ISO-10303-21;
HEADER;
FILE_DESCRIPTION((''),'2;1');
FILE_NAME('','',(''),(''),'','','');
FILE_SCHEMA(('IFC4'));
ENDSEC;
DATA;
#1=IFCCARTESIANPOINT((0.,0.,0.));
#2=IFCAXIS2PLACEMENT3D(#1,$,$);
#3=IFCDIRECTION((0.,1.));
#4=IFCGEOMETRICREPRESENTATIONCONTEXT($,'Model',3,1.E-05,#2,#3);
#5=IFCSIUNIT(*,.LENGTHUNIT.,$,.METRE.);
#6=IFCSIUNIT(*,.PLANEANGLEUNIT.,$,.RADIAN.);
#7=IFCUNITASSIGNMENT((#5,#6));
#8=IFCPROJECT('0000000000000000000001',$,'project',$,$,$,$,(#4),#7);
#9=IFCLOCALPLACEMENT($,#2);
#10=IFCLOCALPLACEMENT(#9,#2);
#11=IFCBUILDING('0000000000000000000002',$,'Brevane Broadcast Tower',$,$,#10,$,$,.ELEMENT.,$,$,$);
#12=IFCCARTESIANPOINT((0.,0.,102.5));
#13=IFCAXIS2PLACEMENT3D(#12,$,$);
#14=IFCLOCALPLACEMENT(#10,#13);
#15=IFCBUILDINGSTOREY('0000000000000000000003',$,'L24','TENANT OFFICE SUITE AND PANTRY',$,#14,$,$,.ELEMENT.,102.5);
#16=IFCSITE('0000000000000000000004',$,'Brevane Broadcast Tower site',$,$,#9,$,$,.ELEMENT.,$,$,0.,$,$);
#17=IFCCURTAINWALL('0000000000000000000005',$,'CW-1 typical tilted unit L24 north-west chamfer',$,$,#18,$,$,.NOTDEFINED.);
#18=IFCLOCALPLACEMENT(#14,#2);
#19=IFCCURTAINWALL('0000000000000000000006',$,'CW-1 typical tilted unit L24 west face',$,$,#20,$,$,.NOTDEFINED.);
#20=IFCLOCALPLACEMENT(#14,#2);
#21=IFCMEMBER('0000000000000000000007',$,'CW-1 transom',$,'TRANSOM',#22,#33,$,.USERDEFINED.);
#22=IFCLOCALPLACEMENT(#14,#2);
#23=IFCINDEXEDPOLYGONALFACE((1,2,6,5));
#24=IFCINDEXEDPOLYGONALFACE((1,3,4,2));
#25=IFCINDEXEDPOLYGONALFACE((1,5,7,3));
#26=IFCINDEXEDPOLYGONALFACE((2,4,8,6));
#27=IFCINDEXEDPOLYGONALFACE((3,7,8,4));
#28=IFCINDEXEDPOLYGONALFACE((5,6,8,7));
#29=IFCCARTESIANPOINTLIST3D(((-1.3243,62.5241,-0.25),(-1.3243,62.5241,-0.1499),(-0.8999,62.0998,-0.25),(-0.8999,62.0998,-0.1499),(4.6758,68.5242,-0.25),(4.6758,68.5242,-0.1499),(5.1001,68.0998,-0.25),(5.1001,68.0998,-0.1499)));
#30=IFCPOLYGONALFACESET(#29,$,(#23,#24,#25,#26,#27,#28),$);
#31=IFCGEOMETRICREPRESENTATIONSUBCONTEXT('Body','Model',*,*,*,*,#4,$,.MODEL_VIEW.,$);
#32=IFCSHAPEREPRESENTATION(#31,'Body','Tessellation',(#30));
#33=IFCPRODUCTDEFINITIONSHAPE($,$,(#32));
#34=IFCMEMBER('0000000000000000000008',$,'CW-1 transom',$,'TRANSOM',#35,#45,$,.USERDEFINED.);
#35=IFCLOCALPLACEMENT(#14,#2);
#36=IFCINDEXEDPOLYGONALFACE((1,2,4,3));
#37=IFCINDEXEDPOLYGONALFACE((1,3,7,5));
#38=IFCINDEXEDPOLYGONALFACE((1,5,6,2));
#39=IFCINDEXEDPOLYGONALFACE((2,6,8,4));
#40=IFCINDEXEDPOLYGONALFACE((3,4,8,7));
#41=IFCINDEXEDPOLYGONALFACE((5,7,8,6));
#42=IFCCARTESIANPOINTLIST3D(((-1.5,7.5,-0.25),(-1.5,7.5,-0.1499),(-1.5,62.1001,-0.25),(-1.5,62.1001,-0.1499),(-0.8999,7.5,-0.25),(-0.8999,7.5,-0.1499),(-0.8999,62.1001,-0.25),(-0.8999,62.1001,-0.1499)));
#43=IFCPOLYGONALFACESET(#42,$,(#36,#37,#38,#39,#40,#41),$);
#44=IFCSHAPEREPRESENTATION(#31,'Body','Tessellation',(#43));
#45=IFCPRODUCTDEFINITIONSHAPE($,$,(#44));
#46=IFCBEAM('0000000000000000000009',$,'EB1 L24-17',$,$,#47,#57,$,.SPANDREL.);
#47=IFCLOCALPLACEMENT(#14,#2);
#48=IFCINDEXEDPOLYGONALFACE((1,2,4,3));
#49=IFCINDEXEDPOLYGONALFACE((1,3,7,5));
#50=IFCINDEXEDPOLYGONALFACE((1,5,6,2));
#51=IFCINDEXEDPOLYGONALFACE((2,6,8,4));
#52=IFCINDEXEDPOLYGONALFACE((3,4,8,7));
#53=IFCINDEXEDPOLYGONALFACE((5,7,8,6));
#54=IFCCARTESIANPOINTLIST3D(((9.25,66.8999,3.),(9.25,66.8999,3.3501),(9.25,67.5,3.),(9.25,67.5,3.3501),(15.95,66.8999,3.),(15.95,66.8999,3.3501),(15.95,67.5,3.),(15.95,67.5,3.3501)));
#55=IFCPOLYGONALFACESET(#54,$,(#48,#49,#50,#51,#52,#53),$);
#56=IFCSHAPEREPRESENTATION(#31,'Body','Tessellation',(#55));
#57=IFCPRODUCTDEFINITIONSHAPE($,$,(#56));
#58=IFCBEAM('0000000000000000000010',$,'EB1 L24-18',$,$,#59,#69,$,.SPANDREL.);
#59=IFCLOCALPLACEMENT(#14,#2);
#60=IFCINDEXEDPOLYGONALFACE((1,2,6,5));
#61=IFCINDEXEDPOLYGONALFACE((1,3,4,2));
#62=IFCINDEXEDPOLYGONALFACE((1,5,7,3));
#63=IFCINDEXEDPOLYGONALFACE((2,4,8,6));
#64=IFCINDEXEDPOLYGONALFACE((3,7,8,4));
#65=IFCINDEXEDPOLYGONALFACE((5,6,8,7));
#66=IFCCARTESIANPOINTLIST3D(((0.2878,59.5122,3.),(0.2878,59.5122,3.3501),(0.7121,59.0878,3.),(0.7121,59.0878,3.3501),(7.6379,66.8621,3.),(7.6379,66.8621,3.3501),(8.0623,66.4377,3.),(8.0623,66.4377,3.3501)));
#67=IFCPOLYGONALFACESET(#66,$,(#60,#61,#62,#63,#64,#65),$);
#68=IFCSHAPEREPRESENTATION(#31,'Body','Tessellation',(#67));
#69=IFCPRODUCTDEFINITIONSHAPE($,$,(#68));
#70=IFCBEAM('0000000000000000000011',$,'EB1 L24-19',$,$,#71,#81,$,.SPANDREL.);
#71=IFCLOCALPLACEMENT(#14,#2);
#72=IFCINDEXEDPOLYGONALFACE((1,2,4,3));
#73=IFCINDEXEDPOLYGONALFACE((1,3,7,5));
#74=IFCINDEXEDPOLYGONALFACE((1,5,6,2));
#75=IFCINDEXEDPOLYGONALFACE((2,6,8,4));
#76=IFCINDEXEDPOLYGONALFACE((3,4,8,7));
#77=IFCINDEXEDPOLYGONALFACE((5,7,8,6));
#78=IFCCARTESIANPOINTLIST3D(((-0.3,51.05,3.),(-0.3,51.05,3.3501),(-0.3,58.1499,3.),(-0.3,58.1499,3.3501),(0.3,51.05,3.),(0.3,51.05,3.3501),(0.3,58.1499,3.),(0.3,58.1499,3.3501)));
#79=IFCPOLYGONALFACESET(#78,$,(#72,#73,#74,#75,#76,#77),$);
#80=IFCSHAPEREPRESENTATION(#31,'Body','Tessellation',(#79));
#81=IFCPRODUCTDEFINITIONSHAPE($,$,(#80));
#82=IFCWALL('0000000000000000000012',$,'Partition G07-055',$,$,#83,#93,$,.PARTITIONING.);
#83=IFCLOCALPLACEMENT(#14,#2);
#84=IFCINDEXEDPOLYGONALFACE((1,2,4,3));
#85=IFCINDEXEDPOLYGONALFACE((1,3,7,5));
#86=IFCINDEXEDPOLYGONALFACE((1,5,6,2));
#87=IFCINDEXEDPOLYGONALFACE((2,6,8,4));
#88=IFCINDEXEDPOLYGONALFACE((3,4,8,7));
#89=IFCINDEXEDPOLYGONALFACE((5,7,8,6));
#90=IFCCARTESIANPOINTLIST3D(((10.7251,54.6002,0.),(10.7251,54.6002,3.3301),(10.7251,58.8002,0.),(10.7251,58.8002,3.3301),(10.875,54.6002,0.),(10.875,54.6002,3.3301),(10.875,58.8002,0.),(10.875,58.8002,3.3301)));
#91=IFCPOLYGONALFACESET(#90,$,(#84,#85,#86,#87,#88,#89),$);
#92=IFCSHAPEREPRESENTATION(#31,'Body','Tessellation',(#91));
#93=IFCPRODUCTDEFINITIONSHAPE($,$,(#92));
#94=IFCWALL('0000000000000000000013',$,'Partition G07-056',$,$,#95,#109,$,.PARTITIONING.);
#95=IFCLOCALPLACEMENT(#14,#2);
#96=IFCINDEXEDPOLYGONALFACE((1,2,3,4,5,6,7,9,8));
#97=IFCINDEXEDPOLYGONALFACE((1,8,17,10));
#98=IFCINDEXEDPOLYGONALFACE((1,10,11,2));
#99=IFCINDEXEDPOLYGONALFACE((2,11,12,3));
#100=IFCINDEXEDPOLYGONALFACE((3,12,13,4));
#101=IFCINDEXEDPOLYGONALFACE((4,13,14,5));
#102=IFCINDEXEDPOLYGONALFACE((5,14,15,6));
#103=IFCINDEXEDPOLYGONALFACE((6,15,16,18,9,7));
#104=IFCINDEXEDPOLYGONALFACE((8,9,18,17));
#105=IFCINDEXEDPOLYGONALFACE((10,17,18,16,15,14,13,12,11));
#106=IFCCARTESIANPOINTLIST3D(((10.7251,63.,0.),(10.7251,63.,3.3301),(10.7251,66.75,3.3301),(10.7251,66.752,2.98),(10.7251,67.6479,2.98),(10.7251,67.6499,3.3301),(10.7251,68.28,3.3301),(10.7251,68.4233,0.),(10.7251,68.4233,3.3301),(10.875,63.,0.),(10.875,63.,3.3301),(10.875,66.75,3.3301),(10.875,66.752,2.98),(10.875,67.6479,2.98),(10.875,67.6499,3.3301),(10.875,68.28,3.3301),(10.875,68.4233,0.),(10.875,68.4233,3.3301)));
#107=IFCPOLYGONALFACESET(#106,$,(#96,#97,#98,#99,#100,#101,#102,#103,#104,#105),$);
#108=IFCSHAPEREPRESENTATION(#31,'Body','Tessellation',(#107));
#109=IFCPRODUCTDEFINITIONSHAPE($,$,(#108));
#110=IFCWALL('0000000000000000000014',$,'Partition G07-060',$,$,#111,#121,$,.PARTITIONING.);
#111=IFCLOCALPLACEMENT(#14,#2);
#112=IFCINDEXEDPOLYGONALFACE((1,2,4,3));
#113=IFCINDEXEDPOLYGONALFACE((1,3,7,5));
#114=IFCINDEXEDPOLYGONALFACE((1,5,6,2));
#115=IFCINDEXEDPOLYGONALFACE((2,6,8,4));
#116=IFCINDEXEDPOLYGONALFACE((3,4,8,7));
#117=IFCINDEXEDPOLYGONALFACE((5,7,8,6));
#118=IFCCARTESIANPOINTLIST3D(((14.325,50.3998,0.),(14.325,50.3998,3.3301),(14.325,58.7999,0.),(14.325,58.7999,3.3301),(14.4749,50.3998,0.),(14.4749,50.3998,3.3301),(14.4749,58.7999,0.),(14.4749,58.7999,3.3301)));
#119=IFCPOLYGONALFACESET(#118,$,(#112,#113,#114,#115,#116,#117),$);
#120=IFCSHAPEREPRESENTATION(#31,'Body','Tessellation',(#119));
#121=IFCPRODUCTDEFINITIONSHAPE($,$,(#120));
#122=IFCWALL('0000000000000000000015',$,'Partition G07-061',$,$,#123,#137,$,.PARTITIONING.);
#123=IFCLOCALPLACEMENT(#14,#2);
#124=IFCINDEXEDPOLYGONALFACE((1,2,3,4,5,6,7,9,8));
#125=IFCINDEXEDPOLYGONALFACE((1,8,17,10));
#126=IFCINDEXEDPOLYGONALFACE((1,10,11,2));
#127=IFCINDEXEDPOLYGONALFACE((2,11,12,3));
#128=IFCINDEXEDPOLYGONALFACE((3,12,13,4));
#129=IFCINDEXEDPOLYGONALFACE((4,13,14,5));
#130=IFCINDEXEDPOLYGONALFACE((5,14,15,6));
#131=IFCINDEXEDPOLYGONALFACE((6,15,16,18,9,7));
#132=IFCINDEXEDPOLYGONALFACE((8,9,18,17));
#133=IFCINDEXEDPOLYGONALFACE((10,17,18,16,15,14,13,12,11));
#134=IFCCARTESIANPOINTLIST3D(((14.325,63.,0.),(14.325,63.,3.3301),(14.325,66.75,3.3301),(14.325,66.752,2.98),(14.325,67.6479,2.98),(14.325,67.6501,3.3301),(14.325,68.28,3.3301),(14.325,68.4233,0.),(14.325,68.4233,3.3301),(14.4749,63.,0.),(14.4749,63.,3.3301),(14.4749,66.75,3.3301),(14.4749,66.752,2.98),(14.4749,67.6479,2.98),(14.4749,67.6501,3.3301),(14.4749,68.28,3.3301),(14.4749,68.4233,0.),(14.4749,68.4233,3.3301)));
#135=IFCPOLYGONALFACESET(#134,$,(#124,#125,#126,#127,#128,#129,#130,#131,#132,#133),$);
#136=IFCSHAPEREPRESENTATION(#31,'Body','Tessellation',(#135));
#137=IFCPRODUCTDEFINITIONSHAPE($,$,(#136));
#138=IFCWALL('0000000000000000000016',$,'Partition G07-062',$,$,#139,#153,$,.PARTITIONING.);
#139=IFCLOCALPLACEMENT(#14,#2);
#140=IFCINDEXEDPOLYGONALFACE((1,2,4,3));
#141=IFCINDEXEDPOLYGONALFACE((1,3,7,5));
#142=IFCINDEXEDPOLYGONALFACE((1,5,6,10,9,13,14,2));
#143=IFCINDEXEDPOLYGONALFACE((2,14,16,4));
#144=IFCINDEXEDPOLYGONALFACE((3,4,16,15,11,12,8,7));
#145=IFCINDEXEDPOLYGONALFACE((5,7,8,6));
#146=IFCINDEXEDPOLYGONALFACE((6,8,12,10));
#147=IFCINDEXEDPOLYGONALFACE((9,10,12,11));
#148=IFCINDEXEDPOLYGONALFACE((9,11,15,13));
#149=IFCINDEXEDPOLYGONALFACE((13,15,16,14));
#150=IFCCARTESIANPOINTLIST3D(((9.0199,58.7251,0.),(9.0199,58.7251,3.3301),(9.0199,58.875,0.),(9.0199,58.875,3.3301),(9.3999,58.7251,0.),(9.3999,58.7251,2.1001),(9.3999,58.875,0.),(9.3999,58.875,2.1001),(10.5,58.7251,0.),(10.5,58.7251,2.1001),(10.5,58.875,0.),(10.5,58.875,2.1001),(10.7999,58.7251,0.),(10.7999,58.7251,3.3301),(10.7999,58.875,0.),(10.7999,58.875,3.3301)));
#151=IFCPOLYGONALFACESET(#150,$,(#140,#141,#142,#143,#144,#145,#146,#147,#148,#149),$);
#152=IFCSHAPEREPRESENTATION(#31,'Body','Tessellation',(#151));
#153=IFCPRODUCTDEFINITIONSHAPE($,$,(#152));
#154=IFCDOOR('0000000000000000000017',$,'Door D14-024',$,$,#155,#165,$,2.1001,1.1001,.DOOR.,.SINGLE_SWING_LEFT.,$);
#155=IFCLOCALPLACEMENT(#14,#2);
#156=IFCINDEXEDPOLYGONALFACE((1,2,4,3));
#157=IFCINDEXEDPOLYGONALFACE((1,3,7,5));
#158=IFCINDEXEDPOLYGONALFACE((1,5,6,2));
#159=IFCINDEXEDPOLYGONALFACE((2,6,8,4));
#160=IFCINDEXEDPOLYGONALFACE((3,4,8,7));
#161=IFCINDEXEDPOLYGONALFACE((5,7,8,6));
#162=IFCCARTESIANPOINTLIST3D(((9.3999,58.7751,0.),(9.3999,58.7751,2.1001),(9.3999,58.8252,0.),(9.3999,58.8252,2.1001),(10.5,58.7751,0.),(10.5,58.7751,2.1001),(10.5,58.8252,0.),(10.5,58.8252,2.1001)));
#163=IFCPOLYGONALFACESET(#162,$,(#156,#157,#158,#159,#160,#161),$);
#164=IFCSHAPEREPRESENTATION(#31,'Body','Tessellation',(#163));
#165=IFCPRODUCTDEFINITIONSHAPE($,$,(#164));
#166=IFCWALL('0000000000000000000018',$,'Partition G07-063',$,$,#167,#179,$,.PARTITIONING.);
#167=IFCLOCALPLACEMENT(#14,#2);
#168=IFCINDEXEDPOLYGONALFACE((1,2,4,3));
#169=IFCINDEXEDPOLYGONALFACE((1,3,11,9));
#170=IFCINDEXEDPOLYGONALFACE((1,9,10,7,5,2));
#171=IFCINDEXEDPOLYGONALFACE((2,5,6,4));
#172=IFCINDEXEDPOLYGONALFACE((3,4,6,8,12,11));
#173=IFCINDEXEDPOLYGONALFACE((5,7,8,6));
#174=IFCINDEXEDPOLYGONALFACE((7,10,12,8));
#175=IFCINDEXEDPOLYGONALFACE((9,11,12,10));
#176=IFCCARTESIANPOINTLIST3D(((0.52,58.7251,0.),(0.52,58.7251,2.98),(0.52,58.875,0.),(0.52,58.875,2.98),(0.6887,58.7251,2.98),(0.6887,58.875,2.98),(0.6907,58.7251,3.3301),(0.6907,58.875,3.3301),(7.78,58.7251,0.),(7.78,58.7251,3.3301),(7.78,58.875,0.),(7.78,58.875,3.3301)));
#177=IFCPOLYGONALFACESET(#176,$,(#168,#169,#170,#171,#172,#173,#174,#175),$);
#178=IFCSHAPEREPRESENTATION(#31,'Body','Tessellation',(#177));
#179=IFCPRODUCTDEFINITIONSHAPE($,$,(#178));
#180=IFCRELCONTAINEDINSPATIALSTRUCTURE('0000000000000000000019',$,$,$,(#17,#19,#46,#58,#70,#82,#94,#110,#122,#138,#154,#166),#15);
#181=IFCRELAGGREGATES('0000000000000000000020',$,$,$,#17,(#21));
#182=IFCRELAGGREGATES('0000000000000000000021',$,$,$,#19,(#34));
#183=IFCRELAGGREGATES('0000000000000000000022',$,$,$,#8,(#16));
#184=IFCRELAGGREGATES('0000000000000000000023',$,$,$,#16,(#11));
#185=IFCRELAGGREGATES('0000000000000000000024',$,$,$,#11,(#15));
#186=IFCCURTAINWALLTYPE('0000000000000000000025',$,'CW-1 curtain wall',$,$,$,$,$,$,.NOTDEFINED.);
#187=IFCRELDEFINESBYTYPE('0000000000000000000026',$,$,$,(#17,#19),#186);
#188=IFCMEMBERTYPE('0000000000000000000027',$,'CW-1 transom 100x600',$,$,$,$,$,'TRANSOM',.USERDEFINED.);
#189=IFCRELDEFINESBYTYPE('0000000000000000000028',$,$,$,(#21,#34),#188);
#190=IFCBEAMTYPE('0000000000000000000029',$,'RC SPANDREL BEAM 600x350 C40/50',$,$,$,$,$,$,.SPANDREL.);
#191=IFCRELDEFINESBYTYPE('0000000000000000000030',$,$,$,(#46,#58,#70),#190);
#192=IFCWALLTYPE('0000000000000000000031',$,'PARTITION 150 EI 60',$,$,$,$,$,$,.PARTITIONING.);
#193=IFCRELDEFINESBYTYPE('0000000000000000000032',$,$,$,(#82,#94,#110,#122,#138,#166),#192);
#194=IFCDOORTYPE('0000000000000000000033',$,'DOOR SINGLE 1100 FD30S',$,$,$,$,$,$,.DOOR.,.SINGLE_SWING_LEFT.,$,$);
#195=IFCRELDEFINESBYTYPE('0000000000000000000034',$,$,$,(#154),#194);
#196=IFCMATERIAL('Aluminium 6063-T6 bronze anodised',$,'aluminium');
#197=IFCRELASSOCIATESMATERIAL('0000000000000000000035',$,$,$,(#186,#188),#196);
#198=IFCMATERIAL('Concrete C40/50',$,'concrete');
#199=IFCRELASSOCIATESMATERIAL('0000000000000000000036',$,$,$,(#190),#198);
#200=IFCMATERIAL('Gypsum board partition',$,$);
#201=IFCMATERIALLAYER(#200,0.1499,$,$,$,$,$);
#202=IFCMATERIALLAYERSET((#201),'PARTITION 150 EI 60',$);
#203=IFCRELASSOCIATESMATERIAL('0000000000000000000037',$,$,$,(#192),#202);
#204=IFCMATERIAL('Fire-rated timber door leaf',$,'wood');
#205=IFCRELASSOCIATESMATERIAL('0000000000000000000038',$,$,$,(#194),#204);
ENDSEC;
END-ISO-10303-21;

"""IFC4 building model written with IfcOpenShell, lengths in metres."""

from ifc_helpers import new_model, si_unit, direction, frame, frame_2d, origin, origin_2d, place, context, subcontext, project, spatial, polyline, rectangle, outline, extrude, material, layer, layer_set, material_profile, profile_set, type_object, element, fill, aggregate, save


model = new_model("IFC4")

# Units and contexts
model_context = context("Model", 3, precision=1e-05, world=origin(), true_north=direction((0.0, 1.0)))
body_context = subcontext(model_context, "Body", "Model", "MODEL_VIEW")
ifc_project = project(units=[si_unit("LENGTHUNIT", "METRE"), si_unit("PLANEANGLEUNIT", "RADIAN")], contexts=[model_context])

# Site, building, storey
site_placement = place(None, origin())
site = spatial("IfcSite", under=ifc_project, at=site_placement, Name="Brevane Broadcast Tower site", CompositionType="ELEMENT", RefElevation=0.0)
building_placement = place(site_placement, origin())
building = spatial("IfcBuilding", under=site, at=building_placement, Name="Brevane Broadcast Tower", CompositionType="ELEMENT")
storey_placement = place(building_placement, frame((0.0, 0.0, 102.5)))
storey = spatial("IfcBuildingStorey", under=building, at=storey_placement, Name="L24", Description="TENANT OFFICE SUITE AND PANTRY", CompositionType="ELEMENT", Elevation=102.5)

# Curtain walls
ifc_material_1 = material(Name="Aluminium 6063-T6 bronze anodised", Category="aluminium")
curtain_wall_type = type_object("IfcCurtainWallType", Name="CW-1 curtain wall", PredefinedType="NOTDEFINED", material=ifc_material_1)
curtain_wall_1_placement = place(storey_placement, origin())
curtain_wall_1 = element("IfcCurtainWall", 1, at=curtain_wall_1_placement, inside=storey, type_object=curtain_wall_type, Name="CW-1 typical tilted unit L24 north-west chamfer", PredefinedType="NOTDEFINED")
curtain_wall_2_placement = place(storey_placement, origin())
curtain_wall_2 = element("IfcCurtainWall", 2, at=curtain_wall_2_placement, inside=storey, type_object=curtain_wall_type, Name="CW-1 typical tilted unit L24 west face", PredefinedType="NOTDEFINED")

# Members
ifc_material_profile_1 = material_profile(ifc_material_1, rectangle(XDim=0.6001, YDim=0.1001, at=origin_2d()), Name="RECT 100x600")
ifc_profile_set_1 = profile_set([ifc_material_profile_1], Name="Aluminium 6063-T6 bronze anodised")
member_type_1 = type_object("IfcMemberType", Name="CW-1 transom 100x600", ElementType="TRANSOM", PredefinedType="USERDEFINED", material=ifc_profile_set_1)
member_1_placement = place(storey_placement, frame((4.8879, 68.312, -0.2), z_axis=(-0.707107, -0.707107, 0.0), x_axis=(0.707107, -0.707107, 0.0)))
member_1 = element("IfcMember", 3, at=member_1_placement, type_object=member_type_1, Name="CW-1 transom", ObjectType="TRANSOM", PredefinedType="USERDEFINED", context=body_context, shape_type="SweptSolid", body=[
    extrude(rectangle(XDim=0.6001, YDim=0.1001, at=origin_2d()), origin(), (0.0, 0.0, 1.0), 8.4854),
])
aggregate(curtain_wall_1, [member_1])
member_2_placement = place(storey_placement, frame((-1.2, 62.1001, -0.2), z_axis=(0.0, -1.0, 0.0), x_axis=(1.0, 0.0, 0.0)))
member_2 = element("IfcMember", 4, at=member_2_placement, type_object=member_type_1, Name="CW-1 transom", ObjectType="TRANSOM", PredefinedType="USERDEFINED", context=body_context, shape_type="SweptSolid", body=[
    extrude(rectangle(XDim=0.6001, YDim=0.1001, at=origin_2d()), origin(), (0.0, 0.0, 1.0), 54.6001),
])
aggregate(curtain_wall_2, [member_2])

# Beams
ifc_material_2 = material(Name="Concrete C40/50", Category="concrete")
ifc_material_profile_2 = material_profile(ifc_material_2, rectangle(XDim=0.6001, YDim=0.3501, at=origin_2d()), Name="RC 600x350")
ifc_profile_set_2 = profile_set([ifc_material_profile_2], Name="Concrete C40/50")
beam_type = type_object("IfcBeamType", Name="RC SPANDREL BEAM 600x350 C40/50", PredefinedType="SPANDREL", material=ifc_profile_set_2)
beam_1_placement = place(storey_placement, frame((15.95, 67.2, 3.175), z_axis=(-1.0, 0.0, 0.0), x_axis=(0.0, -1.0, 0.0)))
element("IfcBeam", 5, at=beam_1_placement, inside=storey, type_object=beam_type, Name="EB1 L24-17", PredefinedType="SPANDREL", context=body_context, shape_type="SweptSolid", body=[
    extrude(rectangle(XDim=0.6001, YDim=0.3501, at=origin_2d()), origin(), (0.0, 0.0, 1.0), 6.7),
])
beam_2_placement = place(storey_placement, frame((7.8501, 66.6499, 3.175), z_axis=(-0.707119, -0.707095, 0.0), x_axis=(0.707095, -0.707119, 0.0)))
element("IfcBeam", 6, at=beam_2_placement, inside=storey, type_object=beam_type, Name="EB1 L24-18", PredefinedType="SPANDREL", context=body_context, shape_type="SweptSolid", body=[
    extrude(rectangle(XDim=0.6001, YDim=0.3501, at=origin_2d()), origin(), (0.0, 0.0, 1.0), 10.3945),
])
beam_3_placement = place(storey_placement, frame((0.0, 58.1499, 3.175), z_axis=(0.0, -1.0, 0.0), x_axis=(1.0, 0.0, 0.0)))
element("IfcBeam", 7, at=beam_3_placement, inside=storey, type_object=beam_type, Name="EB1 L24-19", PredefinedType="SPANDREL", context=body_context, shape_type="SweptSolid", body=[
    extrude(rectangle(XDim=0.6001, YDim=0.3501, at=origin_2d()), origin(), (0.0, 0.0, 1.0), 7.0999),
])

# Walls
ifc_material_3 = material(Name="Gypsum board partition")
ifc_layer = layer(ifc_material_3, 0.1499)
ifc_layer_set = layer_set([ifc_layer], Name="PARTITION 150 EI 60")
wall_type = type_object("IfcWallType", Name="PARTITION 150 EI 60", PredefinedType="PARTITIONING", material=ifc_layer_set)
wall_1_placement = place(storey_placement, frame((10.8, 54.6001, 0.0), z_axis=(0.0, 0.0, 1.0), x_axis=(0.0, 1.0, 0.0)))
element("IfcWall", 8, at=wall_1_placement, inside=storey, type_object=wall_type, Name="Partition G07-055", PredefinedType="PARTITIONING", context=body_context, shape_type="SweptSolid", body=[
    extrude(rectangle(XDim=4.2, YDim=0.1499, at=frame_2d((2.1001, 0.0))), origin(), (0.0, 0.0, 1.0), 3.3301),
])
wall_2_placement = place(storey_placement, frame((10.8, 63.0, 0.0), z_axis=(0.0, 0.0, 1.0), x_axis=(0.0, 1.0, 0.0)))
element("IfcWall", 9, at=wall_2_placement, inside=storey, type_object=wall_type, Name="Partition G07-056", PredefinedType="PARTITIONING", context=body_context, shape_type="SweptSolid", body=[
    extrude(outline(polyline([(0.0, 0.0), (5.4233, 0.0), (5.4233, 3.3301), (5.28, 3.3301), (4.6499, 3.3301), (4.6479, 2.98), (3.752, 2.98), (3.75, 3.3301), (0.0, 3.3301), (0.0, 0.0)])), frame((0.0, 0.075, 0.0), z_axis=(0.0, -1.0, 0.0), x_axis=(1.0, 0.0, 0.0)), (0.0, 0.0, 1.0), 0.1499),
])
wall_3_placement = place(storey_placement, frame((14.3999, 58.8, 0.0), z_axis=(0.0, 0.0, 1.0), x_axis=(0.0, -1.0, 0.0)))
element("IfcWall", 10, at=wall_3_placement, inside=storey, type_object=wall_type, Name="Partition G07-060", PredefinedType="PARTITIONING", context=body_context, shape_type="SweptSolid", body=[
    extrude(rectangle(XDim=8.4001, YDim=0.1499, at=frame_2d((4.2002, 0.0))), origin(), (0.0, 0.0, 1.0), 3.3301),
])
wall_4_placement = place(storey_placement, frame((14.3999, 68.4233, 0.0), z_axis=(0.0, 0.0, 1.0), x_axis=(0.0, -1.0, 0.0)))
element("IfcWall", 11, at=wall_4_placement, inside=storey, type_object=wall_type, Name="Partition G07-061", PredefinedType="PARTITIONING", context=body_context, shape_type="SweptSolid", body=[
    extrude(outline(polyline([(0.0, 0.0), (5.4233, 0.0), (5.4233, 3.3301), (1.6733, 3.3301), (1.6714, 2.98), (0.7754, 2.98), (0.7732, 3.3301), (0.1433, 3.3301), (0.0, 3.3301), (0.0, 0.0)])), frame((0.0, 0.075, 0.0), z_axis=(0.0, -1.0, 0.0), x_axis=(1.0, 0.0, 0.0)), (0.0, 0.0, 1.0), 0.1499),
])

# Wall, opening, door
wall_5_placement = place(storey_placement, frame((10.8, 58.8, 0.0), z_axis=(0.0, 0.0, 1.0), x_axis=(-1.0, 0.0, 0.0)))
wall_5 = element("IfcWall", 12, at=wall_5_placement, inside=storey, type_object=wall_type, Name="Partition G07-062", PredefinedType="PARTITIONING", context=body_context, shape_type="SweptSolid", body=[
    extrude(rectangle(XDim=1.78, YDim=0.1499, at=frame_2d((0.8901, 0.0))), origin(), (0.0, 0.0, 1.0), 3.3301),
])
opening_1_placement = place(wall_5_placement, frame((0.3, 0.0, 0.0)))
opening_1 = element("IfcOpeningElement", 13, at=opening_1_placement, cuts=wall_5, PredefinedType="OPENING", context=body_context, shape_type="SweptSolid", body=[
    extrude(rectangle(XDim=1.1001, YDim=2.1001, at=frame_2d((0.55, 1.05))), frame((0.0, 0.085, 0.0), z_axis=(0.0, -1.0, 0.0), x_axis=(1.0, 0.0, 0.0)), (0.0, 0.0, 1.0), 0.1699),
])
ifc_material_4 = material(Name="Fire-rated timber door leaf", Category="wood")
door_type = type_object("IfcDoorType", Name="DOOR SINGLE 1100 FD30S", OperationType="SINGLE_SWING_LEFT", PredefinedType="DOOR", material=ifc_material_4)
door_1_placement = place(opening_1_placement, origin())
door_1 = element("IfcDoor", 14, at=door_1_placement, inside=storey, type_object=door_type, Name="Door D14-024", OperationType="SINGLE_SWING_LEFT", OverallHeight=2.1001, OverallWidth=1.1001, PredefinedType="DOOR", context=body_context, shape_type="SweptSolid", body=[
    extrude(rectangle(XDim=1.1001, YDim=2.1001, at=frame_2d((0.55, 1.05))), frame((0.0, 0.0249, 0.0), z_axis=(0.0, -1.0, 0.0), x_axis=(1.0, 0.0, 0.0)), (0.0, 0.0, 1.0), 0.05),
])
fill(opening_1, door_1)

# Wall
wall_6_placement = place(storey_placement, frame((7.78, 58.8, 0.0), z_axis=(0.0, 0.0, 1.0), x_axis=(-1.0, 0.0, 0.0)))
element("IfcWall", 15, at=wall_6_placement, inside=storey, type_object=wall_type, Name="Partition G07-063", PredefinedType="PARTITIONING", context=body_context, shape_type="SweptSolid", body=[
    extrude(outline(polyline([(0.0, 0.0), (7.26, 0.0), (7.26, 2.98), (7.0913, 2.98), (7.0894, 3.3301), (0.0, 3.3301), (0.0, 0.0)])), frame((0.0, 0.075, 0.0), z_axis=(0.0, -1.0, 0.0), x_axis=(1.0, 0.0, 0.0)), (0.0, 0.0, 1.0), 0.1499),
])

save(model, "model.ifc")
